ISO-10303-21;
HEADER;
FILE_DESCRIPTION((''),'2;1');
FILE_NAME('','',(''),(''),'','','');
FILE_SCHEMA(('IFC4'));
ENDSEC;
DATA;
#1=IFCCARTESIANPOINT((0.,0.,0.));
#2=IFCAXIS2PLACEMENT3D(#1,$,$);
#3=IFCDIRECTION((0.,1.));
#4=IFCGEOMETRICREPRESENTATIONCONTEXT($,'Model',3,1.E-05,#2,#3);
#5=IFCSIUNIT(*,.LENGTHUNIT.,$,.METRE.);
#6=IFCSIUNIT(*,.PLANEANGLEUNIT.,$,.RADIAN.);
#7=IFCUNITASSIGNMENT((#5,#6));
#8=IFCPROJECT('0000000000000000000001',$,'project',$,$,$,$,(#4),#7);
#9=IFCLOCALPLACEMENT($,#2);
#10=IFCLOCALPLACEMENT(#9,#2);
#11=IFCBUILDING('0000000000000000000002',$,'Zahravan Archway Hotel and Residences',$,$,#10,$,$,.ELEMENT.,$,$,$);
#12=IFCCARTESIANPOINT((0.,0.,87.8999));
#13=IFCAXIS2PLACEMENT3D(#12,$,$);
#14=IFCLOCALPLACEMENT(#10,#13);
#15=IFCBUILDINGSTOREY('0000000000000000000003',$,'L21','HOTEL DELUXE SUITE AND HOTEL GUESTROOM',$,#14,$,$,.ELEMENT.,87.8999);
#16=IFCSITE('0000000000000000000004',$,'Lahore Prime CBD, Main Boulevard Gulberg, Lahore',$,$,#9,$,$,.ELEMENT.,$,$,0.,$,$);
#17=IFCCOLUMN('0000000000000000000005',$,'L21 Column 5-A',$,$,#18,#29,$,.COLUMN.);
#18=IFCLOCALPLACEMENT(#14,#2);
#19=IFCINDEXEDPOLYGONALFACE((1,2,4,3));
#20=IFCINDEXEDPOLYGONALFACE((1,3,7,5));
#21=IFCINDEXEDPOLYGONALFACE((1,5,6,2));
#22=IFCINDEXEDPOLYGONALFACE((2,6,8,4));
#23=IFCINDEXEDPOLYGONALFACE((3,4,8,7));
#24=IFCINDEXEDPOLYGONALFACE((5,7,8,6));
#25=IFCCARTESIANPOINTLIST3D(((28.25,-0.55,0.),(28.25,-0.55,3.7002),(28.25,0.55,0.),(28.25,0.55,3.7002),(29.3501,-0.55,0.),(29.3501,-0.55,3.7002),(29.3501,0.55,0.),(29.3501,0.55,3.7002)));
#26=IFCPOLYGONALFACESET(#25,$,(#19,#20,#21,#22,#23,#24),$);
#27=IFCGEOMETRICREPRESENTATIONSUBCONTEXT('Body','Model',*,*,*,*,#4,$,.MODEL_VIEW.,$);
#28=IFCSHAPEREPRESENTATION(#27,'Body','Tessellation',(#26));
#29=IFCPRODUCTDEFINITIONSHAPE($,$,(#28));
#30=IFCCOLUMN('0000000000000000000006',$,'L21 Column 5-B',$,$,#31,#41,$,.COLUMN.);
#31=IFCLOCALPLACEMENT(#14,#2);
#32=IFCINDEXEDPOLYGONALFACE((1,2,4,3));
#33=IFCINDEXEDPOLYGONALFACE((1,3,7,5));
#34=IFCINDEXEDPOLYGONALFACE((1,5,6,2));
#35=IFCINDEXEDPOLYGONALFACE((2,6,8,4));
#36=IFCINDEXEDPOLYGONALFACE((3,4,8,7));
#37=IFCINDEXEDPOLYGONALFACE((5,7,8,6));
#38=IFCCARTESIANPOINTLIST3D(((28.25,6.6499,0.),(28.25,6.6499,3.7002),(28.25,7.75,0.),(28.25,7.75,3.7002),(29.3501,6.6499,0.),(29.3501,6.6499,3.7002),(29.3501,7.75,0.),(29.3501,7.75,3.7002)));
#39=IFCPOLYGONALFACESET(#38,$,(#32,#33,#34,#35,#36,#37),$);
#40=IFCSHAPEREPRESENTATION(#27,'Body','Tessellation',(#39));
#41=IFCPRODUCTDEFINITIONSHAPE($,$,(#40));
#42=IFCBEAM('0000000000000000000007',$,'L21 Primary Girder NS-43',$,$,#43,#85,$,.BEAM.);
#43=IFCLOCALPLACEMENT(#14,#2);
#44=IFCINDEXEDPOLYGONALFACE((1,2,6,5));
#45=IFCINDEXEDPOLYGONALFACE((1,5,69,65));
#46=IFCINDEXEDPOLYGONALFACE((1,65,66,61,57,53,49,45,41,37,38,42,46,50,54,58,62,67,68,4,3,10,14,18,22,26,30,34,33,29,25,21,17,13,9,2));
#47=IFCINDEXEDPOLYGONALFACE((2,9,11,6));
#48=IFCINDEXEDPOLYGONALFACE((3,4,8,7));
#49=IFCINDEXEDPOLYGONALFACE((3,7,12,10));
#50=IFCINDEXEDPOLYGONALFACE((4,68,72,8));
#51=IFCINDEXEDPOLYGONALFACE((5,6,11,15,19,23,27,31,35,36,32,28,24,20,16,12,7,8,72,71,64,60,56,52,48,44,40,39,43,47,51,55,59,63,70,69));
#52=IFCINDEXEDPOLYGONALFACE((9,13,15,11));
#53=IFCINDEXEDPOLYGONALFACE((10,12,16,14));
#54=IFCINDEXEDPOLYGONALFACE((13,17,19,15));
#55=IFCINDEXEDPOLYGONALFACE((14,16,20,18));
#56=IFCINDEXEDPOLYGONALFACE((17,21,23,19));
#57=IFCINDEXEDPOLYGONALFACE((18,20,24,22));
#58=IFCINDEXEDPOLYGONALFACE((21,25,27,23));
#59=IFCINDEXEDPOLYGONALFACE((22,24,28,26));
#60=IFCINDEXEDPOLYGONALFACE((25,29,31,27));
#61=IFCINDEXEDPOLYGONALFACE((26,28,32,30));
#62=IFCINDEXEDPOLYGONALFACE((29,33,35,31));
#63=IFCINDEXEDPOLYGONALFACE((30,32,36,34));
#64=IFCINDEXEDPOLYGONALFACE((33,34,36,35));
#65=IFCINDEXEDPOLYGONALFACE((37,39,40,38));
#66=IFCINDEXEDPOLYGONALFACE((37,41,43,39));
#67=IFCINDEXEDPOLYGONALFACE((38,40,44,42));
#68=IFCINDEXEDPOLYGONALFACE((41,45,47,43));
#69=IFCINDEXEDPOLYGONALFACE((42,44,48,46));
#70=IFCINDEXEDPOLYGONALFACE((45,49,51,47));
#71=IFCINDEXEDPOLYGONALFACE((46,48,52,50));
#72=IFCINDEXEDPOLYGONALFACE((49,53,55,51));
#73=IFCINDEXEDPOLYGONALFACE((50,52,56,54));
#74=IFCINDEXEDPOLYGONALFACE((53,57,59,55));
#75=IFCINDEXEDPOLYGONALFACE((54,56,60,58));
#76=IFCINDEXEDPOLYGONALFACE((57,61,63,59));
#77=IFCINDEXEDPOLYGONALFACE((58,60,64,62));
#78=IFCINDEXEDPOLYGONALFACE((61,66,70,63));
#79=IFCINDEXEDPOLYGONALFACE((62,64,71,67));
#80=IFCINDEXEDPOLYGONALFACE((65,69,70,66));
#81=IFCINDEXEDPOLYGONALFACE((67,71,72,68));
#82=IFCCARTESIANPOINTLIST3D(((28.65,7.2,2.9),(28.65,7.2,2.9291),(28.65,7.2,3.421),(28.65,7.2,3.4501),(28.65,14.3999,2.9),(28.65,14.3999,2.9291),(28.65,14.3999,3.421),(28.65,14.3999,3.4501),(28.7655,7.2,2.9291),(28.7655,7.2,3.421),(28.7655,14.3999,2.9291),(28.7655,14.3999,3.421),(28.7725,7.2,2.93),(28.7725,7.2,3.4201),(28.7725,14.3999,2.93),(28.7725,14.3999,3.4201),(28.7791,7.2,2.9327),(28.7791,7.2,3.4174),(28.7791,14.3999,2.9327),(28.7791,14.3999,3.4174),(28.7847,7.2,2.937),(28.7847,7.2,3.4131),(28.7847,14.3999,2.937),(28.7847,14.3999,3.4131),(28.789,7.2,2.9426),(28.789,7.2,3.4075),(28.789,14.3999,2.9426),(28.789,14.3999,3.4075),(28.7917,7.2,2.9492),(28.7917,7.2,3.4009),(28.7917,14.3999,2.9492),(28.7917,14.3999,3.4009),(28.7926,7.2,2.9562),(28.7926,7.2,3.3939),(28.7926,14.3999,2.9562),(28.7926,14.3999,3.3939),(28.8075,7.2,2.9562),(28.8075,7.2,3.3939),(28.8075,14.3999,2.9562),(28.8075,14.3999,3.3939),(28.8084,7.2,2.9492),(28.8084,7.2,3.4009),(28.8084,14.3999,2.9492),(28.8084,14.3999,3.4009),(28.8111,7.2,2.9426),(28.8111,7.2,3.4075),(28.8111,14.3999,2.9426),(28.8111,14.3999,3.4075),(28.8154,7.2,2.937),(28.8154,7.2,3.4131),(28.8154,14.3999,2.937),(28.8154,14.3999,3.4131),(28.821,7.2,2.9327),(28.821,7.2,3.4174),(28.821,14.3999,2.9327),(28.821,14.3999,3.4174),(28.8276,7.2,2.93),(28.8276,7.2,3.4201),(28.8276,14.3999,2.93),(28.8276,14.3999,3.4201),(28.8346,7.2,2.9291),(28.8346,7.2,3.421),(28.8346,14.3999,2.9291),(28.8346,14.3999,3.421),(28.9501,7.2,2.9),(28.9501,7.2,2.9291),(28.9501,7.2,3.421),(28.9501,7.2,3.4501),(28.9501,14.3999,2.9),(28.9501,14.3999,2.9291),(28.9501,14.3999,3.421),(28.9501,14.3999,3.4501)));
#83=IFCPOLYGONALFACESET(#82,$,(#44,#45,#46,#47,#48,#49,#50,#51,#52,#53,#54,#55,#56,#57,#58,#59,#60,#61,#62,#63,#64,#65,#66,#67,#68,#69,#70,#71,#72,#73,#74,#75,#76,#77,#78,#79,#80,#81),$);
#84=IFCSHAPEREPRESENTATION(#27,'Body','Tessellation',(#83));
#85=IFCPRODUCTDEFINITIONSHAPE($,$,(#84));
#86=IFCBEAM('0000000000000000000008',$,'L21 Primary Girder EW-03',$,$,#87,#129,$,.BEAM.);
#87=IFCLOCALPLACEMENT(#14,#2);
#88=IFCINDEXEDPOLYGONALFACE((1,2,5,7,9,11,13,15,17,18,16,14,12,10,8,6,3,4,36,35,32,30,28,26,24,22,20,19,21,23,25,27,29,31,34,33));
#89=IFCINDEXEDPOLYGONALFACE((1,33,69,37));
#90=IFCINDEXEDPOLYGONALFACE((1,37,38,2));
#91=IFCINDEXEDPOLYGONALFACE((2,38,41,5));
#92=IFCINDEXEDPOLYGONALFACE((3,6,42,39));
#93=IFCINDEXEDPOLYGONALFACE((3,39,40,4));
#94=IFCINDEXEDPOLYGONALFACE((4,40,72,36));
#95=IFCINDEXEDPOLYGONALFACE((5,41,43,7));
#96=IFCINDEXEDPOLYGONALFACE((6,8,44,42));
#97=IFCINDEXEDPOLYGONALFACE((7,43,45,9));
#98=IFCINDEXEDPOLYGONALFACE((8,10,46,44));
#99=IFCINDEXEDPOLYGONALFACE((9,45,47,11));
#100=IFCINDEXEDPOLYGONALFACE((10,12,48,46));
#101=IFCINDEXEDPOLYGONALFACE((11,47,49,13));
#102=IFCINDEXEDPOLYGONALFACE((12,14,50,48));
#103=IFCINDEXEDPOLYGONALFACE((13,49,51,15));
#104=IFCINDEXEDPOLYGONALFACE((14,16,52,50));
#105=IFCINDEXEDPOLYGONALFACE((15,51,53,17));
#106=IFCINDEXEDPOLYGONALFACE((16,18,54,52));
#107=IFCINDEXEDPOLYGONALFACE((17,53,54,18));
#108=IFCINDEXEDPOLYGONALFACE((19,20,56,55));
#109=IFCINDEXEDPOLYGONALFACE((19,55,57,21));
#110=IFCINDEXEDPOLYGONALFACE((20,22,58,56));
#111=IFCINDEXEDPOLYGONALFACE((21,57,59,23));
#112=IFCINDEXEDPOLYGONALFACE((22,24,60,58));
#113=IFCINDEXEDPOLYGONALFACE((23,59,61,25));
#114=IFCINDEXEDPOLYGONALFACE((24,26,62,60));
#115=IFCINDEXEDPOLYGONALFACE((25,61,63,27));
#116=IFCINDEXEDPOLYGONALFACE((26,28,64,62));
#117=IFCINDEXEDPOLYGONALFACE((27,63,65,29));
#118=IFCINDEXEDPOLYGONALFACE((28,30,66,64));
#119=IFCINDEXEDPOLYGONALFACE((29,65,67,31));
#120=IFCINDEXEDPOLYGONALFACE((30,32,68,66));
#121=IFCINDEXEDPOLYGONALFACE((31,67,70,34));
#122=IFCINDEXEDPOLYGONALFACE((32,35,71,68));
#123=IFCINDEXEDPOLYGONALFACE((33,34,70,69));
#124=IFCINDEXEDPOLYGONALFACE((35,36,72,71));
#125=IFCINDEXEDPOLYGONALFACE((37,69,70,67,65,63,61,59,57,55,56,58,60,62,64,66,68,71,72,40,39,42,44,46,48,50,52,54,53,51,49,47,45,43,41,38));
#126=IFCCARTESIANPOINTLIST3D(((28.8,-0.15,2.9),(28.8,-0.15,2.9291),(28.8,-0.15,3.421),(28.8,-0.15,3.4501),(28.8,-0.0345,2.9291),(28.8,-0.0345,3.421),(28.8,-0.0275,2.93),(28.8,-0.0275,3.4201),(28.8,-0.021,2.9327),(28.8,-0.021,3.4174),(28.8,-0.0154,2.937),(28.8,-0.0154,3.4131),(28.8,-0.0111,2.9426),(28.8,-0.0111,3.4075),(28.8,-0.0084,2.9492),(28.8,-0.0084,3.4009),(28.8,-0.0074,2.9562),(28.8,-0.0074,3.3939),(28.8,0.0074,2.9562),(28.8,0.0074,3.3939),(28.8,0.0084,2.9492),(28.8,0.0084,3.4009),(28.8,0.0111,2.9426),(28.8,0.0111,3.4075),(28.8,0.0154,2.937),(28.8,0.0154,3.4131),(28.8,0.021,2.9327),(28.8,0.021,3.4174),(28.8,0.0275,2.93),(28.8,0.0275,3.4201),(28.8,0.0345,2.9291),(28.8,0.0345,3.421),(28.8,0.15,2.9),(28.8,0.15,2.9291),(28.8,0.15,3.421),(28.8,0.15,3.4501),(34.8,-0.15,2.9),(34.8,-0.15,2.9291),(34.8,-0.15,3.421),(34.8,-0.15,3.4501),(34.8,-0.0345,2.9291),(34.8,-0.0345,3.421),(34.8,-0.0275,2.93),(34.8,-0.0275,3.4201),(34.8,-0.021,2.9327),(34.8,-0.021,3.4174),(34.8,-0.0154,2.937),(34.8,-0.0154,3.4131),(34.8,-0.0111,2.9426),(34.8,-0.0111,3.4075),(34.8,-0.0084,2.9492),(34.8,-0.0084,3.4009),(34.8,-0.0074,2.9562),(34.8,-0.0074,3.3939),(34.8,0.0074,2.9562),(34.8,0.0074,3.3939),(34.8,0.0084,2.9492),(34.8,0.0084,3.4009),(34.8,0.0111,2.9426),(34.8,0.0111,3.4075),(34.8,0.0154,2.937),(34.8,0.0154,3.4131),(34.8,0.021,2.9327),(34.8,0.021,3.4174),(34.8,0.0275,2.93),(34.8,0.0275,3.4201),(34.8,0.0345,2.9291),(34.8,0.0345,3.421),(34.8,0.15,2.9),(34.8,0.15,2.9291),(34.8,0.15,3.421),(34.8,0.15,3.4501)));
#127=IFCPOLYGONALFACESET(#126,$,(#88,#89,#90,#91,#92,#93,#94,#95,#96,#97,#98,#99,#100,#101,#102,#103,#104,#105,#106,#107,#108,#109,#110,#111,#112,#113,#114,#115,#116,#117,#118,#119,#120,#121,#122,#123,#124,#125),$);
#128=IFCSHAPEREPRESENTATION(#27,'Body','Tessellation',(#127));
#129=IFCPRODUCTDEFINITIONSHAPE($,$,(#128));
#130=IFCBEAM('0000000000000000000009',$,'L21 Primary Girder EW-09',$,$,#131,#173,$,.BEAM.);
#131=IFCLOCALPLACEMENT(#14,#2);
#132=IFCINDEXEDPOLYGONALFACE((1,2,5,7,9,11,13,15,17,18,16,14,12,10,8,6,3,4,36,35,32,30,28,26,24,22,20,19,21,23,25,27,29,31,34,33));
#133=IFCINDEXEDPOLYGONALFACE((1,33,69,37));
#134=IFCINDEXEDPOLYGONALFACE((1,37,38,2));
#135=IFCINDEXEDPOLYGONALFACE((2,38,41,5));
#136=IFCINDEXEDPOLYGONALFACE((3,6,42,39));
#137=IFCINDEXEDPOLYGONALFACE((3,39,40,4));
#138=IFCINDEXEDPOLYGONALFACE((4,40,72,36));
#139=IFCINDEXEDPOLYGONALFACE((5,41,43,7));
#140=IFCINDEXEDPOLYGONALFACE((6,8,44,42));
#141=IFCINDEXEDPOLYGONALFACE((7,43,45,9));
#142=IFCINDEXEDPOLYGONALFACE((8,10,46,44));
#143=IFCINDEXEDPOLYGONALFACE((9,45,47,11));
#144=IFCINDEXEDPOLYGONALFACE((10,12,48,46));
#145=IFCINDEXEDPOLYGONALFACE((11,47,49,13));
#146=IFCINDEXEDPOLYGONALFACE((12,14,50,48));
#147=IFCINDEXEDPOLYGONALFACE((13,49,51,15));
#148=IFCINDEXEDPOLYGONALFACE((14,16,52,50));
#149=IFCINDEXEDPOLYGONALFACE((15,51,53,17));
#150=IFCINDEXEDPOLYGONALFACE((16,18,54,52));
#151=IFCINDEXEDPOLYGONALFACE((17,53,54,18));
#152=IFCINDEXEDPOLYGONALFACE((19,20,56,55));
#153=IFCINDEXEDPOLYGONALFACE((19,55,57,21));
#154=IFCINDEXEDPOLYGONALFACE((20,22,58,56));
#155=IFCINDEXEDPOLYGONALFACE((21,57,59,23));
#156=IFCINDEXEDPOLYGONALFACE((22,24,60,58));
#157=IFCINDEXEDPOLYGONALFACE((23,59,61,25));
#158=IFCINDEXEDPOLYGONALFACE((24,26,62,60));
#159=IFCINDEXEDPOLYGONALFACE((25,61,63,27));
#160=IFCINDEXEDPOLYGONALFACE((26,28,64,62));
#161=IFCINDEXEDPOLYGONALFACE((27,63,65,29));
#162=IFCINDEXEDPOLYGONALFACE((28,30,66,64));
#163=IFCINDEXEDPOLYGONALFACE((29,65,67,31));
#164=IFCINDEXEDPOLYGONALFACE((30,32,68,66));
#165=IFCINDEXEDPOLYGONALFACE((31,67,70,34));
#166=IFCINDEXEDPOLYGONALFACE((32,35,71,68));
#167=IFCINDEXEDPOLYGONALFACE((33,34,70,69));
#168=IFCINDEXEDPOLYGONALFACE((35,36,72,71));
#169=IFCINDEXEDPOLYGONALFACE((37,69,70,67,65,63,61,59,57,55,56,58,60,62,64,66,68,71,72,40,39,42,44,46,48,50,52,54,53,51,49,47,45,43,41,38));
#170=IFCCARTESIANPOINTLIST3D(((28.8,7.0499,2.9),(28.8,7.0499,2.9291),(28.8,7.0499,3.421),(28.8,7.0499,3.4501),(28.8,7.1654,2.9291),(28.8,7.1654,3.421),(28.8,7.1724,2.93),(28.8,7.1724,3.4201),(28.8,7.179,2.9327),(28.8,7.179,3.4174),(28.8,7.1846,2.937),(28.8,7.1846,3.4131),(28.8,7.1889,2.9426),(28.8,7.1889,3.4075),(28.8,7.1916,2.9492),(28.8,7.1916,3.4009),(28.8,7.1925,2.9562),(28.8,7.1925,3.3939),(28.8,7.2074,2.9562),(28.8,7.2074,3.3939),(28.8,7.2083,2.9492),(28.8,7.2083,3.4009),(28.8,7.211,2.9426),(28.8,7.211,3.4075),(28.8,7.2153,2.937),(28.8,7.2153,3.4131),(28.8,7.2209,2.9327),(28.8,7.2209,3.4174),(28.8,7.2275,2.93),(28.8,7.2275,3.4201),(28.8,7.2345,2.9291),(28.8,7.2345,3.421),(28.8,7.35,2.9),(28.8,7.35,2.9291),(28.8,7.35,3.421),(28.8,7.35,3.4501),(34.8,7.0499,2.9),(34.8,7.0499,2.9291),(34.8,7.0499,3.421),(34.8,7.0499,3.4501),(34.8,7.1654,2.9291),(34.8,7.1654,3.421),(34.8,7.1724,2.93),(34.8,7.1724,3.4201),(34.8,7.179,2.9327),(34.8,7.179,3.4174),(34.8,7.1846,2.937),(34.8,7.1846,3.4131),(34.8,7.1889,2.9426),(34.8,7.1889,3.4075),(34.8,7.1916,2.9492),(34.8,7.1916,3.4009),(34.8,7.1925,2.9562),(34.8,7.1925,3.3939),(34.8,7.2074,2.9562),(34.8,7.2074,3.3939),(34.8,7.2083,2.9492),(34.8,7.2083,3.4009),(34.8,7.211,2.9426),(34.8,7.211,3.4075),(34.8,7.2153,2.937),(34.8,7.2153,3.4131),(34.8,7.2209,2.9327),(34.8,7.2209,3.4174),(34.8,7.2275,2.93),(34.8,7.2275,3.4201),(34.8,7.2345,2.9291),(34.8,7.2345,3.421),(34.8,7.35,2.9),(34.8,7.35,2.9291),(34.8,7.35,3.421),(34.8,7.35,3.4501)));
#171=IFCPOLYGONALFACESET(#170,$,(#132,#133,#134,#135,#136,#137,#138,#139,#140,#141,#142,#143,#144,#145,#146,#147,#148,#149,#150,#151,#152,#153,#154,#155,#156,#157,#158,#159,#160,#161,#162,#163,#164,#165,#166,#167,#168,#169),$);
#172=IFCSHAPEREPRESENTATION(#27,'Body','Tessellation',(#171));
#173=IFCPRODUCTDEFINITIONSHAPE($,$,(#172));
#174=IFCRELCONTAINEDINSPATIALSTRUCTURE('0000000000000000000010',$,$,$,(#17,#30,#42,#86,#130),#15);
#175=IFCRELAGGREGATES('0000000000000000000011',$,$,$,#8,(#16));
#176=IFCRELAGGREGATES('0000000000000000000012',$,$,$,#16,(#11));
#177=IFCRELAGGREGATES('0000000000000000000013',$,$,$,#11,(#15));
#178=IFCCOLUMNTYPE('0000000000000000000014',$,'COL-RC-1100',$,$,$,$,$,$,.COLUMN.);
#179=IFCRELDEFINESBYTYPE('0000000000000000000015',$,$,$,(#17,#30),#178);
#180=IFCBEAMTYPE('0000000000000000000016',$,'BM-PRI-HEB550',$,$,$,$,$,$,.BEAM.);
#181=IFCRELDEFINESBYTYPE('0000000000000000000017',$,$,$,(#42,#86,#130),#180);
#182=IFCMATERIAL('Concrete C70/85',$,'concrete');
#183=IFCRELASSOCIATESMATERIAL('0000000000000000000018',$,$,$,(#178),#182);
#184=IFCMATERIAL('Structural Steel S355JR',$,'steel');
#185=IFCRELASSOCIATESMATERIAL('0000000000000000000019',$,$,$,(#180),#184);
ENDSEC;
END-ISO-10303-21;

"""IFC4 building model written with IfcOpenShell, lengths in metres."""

from ifc_helpers import new_model, si_unit, direction, frame, origin, origin_2d, place, context, subcontext, project, spatial, rectangle, i_section, extrude, source, transform, mapped, material, material_profile, profile_set, type_object, element, save


model = new_model("IFC4")

# Units and contexts
model_context = context("Model", 3, precision=1e-05, world=origin(), true_north=direction((0.0, 1.0)))
body_context = subcontext(model_context, "Body", "Model", "MODEL_VIEW")
ifc_project = project(units=[si_unit("LENGTHUNIT", "METRE"), si_unit("PLANEANGLEUNIT", "RADIAN")], contexts=[model_context])

# Site, building, storey
site_placement = place(None, origin())
site = spatial("IfcSite", under=ifc_project, at=site_placement, Name="Lahore Prime CBD, Main Boulevard Gulberg, Lahore", CompositionType="ELEMENT", RefElevation=0.0)
building_placement = place(site_placement, origin())
building = spatial("IfcBuilding", under=site, at=building_placement, Name="Zahravan Archway Hotel and Residences", CompositionType="ELEMENT")
storey_placement = place(building_placement, frame((0.0, 0.0, 87.8999)))
storey = spatial("IfcBuildingStorey", under=building, at=storey_placement, Name="L21", Description="HOTEL DELUXE SUITE AND HOTEL GUESTROOM", CompositionType="ELEMENT", Elevation=87.8999)

# Columns
ifc_material_1 = material(Name="Concrete C70/85", Category="concrete")
ifc_material_profile_1 = material_profile(ifc_material_1, rectangle(XDim=1.1001, YDim=1.1001, at=origin_2d()), Name="RC 1100x1100", Category="concrete")
ifc_profile_set_1 = profile_set([ifc_material_profile_1], Name="Concrete C70/85")
column_type = type_object("IfcColumnType", Name="COL-RC-1100", PredefinedType="COLUMN", material=ifc_profile_set_1)
shared_shape_1 = source(origin(), body_context, "Body", "SweptSolid", [
    extrude(rectangle(XDim=1.1001, YDim=1.1001, at=origin_2d()), origin(), (0.0, 0.0, 1.0), 3.7002),
])
for number, where, z_axis, x_axis, name in (
    (1, (28.8, 0.0, 0.0), (0.0, 0.0, 1.0), (1.0, 0.0, 0.0), "L21 Column 5-A"),
    (2, (28.8, 7.2, 0.0), (0.0, 0.0, 1.0), (1.0, 0.0, 0.0), "L21 Column 5-B"),
):
    element("IfcColumn", number, at=place(storey_placement, frame(where, z_axis=z_axis, x_axis=x_axis)), inside=storey, type_object=column_type, Name=name, PredefinedType="COLUMN", context=body_context, shape_type="MappedRepresentation", body=[
        mapped(shared_shape_1, transform((0.0, 0.0, 0.0), scale=1.0)),
    ])

# Beams
ifc_material_2 = material(Name="Structural Steel S355JR", Category="steel")
ifc_material_profile_2 = material_profile(ifc_material_2, i_section(OverallWidth=0.3, OverallDepth=0.55, WebThickness=0.0149, FlangeThickness=0.0291, FilletRadius=0.0271, at=origin_2d()), Name="HEB 550", Category="steel")
ifc_profile_set_2 = profile_set([ifc_material_profile_2], Name="Structural Steel S355JR")
beam_type_1 = type_object("IfcBeamType", Name="BM-PRI-HEB550", PredefinedType="BEAM", material=ifc_profile_set_2)
shared_shape_2 = source(origin(), body_context, "Body", "SweptSolid", [
    extrude(i_section(OverallWidth=0.3, OverallDepth=0.55, WebThickness=0.0149, FlangeThickness=0.0291, FilletRadius=0.0271, at=origin_2d()), origin(), (0.0, 0.0, 1.0), 7.2),
])
beam_1_placement = place(storey_placement, frame((28.8, 7.2, 3.175), z_axis=(0.0, 1.0, 0.0), x_axis=(-1.0, 0.0, 0.0)))
element("IfcBeam", 3, at=beam_1_placement, inside=storey, type_object=beam_type_1, Name="L21 Primary Girder NS-43", PredefinedType="BEAM", context=body_context, shape_type="MappedRepresentation", body=[
    mapped(shared_shape_2, transform((0.0, 0.0, 0.0), scale=1.0)),
])
shared_shape_3 = source(origin(), body_context, "Body", "SweptSolid", [
    extrude(i_section(OverallWidth=0.3, OverallDepth=0.55, WebThickness=0.0149, FlangeThickness=0.0291, FilletRadius=0.0271, at=origin_2d()), origin(), (0.0, 0.0, 1.0), 6.0),
])
for number, where, z_axis, x_axis, name in (
    (4, (28.8, 0.0, 3.175), (1.0, 0.0, 0.0), (0.0, 1.0, 0.0), "L21 Primary Girder EW-03"),
    (5, (28.8, 7.2, 3.175), (1.0, 0.0, 0.0), (0.0, 1.0, 0.0), "L21 Primary Girder EW-09"),
):
    element("IfcBeam", number, at=place(storey_placement, frame(where, z_axis=z_axis, x_axis=x_axis)), inside=storey, type_object=beam_type_1, Name=name, PredefinedType="BEAM", context=body_context, shape_type="MappedRepresentation", body=[
        mapped(shared_shape_3, transform((0.0, 0.0, 0.0), scale=1.0)),
    ])

save(model, "model.ifc")
